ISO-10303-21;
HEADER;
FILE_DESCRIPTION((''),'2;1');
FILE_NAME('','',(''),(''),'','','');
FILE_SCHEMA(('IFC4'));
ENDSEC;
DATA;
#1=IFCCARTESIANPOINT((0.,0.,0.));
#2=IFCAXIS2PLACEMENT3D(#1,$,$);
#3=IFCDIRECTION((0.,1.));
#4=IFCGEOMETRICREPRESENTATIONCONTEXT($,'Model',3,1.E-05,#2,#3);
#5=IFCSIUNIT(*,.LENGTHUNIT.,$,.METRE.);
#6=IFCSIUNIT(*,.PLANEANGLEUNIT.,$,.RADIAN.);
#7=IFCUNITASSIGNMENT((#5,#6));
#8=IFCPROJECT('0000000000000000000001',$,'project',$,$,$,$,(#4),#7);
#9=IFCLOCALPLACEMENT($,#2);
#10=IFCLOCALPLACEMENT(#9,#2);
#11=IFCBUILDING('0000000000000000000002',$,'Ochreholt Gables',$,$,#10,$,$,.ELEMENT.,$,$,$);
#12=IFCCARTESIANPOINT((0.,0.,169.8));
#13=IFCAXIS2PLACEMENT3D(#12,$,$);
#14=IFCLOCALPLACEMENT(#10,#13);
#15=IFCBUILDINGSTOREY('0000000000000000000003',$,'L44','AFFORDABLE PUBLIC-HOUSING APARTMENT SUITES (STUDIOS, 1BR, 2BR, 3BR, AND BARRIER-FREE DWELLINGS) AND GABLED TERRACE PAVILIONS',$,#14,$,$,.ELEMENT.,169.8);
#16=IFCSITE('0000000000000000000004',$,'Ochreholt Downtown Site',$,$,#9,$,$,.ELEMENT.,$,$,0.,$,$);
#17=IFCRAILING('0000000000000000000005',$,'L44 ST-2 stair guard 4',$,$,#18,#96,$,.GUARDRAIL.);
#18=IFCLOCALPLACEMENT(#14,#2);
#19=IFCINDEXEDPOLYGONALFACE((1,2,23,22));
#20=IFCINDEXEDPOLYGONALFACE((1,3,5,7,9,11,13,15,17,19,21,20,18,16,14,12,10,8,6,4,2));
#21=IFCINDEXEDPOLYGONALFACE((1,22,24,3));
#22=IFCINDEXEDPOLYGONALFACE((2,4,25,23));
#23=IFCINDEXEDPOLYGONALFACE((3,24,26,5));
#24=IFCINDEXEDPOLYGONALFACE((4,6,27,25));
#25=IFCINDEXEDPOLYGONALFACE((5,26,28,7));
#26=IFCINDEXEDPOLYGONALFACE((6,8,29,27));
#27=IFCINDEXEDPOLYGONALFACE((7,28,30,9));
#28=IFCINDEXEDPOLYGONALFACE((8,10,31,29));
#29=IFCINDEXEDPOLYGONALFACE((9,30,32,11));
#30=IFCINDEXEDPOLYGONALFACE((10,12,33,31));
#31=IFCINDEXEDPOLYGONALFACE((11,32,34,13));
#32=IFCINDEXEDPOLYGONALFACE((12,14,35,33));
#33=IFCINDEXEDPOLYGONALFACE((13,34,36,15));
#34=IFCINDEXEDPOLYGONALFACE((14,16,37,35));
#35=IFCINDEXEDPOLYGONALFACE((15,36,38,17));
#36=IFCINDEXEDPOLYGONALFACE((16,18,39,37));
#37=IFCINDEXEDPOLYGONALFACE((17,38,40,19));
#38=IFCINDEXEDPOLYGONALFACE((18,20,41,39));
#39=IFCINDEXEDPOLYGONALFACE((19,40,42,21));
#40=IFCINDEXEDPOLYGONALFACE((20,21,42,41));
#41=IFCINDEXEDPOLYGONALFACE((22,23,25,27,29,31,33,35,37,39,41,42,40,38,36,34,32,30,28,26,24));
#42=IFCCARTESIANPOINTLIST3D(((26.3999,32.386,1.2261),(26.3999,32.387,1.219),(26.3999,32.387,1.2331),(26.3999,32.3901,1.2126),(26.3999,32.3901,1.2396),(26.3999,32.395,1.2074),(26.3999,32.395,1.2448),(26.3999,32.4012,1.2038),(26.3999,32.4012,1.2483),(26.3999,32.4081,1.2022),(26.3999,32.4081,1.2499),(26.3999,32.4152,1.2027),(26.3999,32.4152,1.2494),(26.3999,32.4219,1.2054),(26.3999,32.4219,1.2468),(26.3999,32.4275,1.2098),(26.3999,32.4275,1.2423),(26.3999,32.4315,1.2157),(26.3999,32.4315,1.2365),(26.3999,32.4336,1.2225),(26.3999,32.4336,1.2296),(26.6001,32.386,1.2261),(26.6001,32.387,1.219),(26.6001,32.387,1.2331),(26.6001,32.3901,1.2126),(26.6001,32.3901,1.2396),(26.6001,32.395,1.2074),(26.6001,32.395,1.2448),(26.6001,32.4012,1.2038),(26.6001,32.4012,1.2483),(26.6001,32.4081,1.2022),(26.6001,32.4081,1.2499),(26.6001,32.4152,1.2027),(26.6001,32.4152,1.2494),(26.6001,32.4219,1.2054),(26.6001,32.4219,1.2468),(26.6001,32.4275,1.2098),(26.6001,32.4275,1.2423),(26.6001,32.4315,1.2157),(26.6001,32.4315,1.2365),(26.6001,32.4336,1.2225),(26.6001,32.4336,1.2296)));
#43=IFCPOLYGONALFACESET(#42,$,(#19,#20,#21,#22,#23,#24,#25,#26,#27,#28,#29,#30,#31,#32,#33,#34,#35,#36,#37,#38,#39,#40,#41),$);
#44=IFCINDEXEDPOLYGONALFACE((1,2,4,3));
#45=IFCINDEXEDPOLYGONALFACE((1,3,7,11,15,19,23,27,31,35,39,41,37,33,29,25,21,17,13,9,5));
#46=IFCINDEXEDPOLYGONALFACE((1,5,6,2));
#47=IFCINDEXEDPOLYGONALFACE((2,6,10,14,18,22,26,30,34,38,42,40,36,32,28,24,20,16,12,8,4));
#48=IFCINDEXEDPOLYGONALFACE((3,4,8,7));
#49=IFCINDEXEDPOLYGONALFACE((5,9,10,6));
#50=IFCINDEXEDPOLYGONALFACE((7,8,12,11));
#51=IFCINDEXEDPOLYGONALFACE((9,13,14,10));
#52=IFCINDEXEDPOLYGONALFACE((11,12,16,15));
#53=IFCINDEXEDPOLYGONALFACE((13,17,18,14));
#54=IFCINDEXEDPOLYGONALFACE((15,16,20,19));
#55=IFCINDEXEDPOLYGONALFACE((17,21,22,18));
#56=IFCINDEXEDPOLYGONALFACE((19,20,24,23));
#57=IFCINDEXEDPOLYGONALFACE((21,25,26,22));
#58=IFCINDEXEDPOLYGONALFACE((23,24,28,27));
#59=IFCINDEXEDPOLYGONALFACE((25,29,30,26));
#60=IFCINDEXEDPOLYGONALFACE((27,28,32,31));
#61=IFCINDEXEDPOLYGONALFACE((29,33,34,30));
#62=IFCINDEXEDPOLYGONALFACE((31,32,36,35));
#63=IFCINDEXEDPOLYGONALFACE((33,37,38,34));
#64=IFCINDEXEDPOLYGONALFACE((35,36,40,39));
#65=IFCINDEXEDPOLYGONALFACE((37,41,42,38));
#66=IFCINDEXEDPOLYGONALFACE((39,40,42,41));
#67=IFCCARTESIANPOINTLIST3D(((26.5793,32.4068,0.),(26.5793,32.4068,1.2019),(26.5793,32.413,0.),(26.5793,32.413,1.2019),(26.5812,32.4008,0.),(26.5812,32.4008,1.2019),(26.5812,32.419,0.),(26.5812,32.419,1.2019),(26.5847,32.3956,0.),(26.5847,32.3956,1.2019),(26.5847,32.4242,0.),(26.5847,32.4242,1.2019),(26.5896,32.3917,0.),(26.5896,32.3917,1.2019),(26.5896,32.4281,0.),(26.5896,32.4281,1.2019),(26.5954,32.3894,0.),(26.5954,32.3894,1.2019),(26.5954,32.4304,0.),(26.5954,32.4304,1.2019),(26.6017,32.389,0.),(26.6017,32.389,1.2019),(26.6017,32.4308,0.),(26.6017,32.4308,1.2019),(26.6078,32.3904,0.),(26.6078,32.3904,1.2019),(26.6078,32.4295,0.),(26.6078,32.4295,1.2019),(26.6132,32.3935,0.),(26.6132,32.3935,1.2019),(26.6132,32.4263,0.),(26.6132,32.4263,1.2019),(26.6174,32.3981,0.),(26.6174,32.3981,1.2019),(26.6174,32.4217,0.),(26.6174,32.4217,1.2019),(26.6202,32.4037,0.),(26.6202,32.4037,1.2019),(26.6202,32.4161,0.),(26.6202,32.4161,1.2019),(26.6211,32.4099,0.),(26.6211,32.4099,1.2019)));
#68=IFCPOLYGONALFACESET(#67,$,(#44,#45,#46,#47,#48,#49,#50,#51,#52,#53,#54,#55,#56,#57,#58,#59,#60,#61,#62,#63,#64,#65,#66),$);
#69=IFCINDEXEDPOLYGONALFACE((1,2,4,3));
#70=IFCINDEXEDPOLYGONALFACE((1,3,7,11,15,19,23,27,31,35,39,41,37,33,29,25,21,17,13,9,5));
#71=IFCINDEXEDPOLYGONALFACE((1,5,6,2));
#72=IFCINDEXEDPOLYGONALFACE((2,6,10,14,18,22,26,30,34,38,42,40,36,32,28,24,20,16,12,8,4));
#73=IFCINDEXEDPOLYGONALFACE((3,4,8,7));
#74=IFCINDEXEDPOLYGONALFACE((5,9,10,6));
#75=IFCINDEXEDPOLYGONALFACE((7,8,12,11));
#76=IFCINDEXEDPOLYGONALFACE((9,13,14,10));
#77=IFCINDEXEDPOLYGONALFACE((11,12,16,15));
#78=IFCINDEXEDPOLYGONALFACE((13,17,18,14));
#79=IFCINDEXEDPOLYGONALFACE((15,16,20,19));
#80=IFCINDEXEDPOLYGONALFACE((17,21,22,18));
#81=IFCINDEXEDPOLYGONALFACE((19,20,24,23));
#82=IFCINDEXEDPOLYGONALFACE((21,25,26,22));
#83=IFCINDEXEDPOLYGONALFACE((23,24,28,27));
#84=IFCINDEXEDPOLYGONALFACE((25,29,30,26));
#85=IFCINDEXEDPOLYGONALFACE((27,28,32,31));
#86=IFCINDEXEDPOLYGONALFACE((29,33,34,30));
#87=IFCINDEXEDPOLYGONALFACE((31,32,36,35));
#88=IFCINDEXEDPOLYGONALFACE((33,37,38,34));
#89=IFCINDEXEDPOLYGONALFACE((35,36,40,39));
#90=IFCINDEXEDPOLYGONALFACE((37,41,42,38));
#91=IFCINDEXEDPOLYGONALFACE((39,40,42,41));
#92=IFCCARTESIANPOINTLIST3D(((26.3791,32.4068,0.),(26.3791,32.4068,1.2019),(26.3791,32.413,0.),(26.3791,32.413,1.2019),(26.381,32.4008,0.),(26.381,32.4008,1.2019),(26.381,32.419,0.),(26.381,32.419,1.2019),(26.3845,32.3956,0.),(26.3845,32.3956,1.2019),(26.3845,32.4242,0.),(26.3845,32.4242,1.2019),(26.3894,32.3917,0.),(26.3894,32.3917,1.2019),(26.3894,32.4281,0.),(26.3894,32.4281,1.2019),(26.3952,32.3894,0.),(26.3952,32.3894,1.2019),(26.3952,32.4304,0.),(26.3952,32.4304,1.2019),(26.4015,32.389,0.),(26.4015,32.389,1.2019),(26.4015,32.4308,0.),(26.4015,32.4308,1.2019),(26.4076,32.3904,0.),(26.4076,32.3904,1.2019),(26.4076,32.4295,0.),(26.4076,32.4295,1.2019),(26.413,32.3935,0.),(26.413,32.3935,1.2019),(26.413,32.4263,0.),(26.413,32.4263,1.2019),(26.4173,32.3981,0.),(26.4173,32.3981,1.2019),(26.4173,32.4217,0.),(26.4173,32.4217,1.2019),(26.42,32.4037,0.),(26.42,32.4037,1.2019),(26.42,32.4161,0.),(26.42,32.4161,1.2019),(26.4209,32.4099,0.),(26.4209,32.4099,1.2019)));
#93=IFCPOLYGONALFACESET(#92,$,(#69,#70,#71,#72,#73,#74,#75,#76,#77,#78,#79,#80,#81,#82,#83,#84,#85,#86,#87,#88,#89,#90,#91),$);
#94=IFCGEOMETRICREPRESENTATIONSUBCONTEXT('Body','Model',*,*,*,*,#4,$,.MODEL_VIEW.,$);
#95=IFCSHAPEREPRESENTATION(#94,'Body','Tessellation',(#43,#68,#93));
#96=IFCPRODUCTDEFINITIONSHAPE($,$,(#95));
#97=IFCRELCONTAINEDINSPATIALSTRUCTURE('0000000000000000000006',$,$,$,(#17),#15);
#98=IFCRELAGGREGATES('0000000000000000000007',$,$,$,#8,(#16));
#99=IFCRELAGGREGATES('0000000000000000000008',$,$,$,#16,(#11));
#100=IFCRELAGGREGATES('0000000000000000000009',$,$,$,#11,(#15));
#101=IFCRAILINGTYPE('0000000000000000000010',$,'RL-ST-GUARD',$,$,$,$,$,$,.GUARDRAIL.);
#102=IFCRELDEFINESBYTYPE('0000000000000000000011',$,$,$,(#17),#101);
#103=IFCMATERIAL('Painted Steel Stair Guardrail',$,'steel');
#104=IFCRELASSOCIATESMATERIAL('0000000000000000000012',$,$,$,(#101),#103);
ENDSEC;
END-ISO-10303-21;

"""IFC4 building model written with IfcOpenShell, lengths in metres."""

from ifc_helpers import new_model, si_unit, direction, frame, origin, origin_2d, place, context, subcontext, project, spatial, circle, extrude, material, type_object, element, save


model = new_model("IFC4")

# Units and contexts
model_context = context("Model", 3, precision=1e-05, world=origin(), true_north=direction((0.0, 1.0)))
body_context = subcontext(model_context, "Body", "Model", "MODEL_VIEW")
ifc_project = project(units=[si_unit("LENGTHUNIT", "METRE"), si_unit("PLANEANGLEUNIT", "RADIAN")], contexts=[model_context])

# Site, building, storey
site_placement = place(None, origin())
site = spatial("IfcSite", under=ifc_project, at=site_placement, Name="Ochreholt Downtown Site", CompositionType="ELEMENT", RefElevation=0.0)
building_placement = place(site_placement, origin())
building = spatial("IfcBuilding", under=site, at=building_placement, Name="Ochreholt Gables", CompositionType="ELEMENT")
storey_placement = place(building_placement, frame((0.0, 0.0, 169.8)))
storey = spatial("IfcBuildingStorey", under=building, at=storey_placement, Name="L44", Description="AFFORDABLE PUBLIC-HOUSING APARTMENT SUITES (STUDIOS, 1BR, 2BR, 3BR, AND BARRIER-FREE DWELLINGS) AND GABLED TERRACE PAVILIONS", CompositionType="ELEMENT", Elevation=169.8)

# Railing
ifc_material_1 = material(Name="Painted Steel Stair Guardrail", Category="steel")
railing_type = type_object("IfcRailingType", Name="RL-ST-GUARD", PredefinedType="GUARDRAIL", material=ifc_material_1)
railing_1_placement = place(storey_placement, frame((26.6001, 32.4099, 0.0)))
element("IfcRailing", 1, at=railing_1_placement, inside=storey, type_object=railing_type, Name="L44 ST-2 stair guard 4", PredefinedType="GUARDRAIL", context=body_context, shape_type="SweptSolid", body=[
    extrude(circle(Radius=0.0239, at=origin_2d()), frame((0.0, 0.0, 1.2261), z_axis=(-1.0, 0.0, 0.0), x_axis=(0.0, -1.0, 0.0)), (0.0, 0.0, 1.0), 0.2002),
    extrude(circle(Radius=0.021, at=origin_2d()), origin(), (0.0, 0.0, 1.0), 1.2019),
    extrude(circle(Radius=0.021, at=origin_2d()), frame((-0.2002, 0.0, 0.0)), (0.0, 0.0, 1.0), 1.2019),
])

save(model, "model.ifc")
